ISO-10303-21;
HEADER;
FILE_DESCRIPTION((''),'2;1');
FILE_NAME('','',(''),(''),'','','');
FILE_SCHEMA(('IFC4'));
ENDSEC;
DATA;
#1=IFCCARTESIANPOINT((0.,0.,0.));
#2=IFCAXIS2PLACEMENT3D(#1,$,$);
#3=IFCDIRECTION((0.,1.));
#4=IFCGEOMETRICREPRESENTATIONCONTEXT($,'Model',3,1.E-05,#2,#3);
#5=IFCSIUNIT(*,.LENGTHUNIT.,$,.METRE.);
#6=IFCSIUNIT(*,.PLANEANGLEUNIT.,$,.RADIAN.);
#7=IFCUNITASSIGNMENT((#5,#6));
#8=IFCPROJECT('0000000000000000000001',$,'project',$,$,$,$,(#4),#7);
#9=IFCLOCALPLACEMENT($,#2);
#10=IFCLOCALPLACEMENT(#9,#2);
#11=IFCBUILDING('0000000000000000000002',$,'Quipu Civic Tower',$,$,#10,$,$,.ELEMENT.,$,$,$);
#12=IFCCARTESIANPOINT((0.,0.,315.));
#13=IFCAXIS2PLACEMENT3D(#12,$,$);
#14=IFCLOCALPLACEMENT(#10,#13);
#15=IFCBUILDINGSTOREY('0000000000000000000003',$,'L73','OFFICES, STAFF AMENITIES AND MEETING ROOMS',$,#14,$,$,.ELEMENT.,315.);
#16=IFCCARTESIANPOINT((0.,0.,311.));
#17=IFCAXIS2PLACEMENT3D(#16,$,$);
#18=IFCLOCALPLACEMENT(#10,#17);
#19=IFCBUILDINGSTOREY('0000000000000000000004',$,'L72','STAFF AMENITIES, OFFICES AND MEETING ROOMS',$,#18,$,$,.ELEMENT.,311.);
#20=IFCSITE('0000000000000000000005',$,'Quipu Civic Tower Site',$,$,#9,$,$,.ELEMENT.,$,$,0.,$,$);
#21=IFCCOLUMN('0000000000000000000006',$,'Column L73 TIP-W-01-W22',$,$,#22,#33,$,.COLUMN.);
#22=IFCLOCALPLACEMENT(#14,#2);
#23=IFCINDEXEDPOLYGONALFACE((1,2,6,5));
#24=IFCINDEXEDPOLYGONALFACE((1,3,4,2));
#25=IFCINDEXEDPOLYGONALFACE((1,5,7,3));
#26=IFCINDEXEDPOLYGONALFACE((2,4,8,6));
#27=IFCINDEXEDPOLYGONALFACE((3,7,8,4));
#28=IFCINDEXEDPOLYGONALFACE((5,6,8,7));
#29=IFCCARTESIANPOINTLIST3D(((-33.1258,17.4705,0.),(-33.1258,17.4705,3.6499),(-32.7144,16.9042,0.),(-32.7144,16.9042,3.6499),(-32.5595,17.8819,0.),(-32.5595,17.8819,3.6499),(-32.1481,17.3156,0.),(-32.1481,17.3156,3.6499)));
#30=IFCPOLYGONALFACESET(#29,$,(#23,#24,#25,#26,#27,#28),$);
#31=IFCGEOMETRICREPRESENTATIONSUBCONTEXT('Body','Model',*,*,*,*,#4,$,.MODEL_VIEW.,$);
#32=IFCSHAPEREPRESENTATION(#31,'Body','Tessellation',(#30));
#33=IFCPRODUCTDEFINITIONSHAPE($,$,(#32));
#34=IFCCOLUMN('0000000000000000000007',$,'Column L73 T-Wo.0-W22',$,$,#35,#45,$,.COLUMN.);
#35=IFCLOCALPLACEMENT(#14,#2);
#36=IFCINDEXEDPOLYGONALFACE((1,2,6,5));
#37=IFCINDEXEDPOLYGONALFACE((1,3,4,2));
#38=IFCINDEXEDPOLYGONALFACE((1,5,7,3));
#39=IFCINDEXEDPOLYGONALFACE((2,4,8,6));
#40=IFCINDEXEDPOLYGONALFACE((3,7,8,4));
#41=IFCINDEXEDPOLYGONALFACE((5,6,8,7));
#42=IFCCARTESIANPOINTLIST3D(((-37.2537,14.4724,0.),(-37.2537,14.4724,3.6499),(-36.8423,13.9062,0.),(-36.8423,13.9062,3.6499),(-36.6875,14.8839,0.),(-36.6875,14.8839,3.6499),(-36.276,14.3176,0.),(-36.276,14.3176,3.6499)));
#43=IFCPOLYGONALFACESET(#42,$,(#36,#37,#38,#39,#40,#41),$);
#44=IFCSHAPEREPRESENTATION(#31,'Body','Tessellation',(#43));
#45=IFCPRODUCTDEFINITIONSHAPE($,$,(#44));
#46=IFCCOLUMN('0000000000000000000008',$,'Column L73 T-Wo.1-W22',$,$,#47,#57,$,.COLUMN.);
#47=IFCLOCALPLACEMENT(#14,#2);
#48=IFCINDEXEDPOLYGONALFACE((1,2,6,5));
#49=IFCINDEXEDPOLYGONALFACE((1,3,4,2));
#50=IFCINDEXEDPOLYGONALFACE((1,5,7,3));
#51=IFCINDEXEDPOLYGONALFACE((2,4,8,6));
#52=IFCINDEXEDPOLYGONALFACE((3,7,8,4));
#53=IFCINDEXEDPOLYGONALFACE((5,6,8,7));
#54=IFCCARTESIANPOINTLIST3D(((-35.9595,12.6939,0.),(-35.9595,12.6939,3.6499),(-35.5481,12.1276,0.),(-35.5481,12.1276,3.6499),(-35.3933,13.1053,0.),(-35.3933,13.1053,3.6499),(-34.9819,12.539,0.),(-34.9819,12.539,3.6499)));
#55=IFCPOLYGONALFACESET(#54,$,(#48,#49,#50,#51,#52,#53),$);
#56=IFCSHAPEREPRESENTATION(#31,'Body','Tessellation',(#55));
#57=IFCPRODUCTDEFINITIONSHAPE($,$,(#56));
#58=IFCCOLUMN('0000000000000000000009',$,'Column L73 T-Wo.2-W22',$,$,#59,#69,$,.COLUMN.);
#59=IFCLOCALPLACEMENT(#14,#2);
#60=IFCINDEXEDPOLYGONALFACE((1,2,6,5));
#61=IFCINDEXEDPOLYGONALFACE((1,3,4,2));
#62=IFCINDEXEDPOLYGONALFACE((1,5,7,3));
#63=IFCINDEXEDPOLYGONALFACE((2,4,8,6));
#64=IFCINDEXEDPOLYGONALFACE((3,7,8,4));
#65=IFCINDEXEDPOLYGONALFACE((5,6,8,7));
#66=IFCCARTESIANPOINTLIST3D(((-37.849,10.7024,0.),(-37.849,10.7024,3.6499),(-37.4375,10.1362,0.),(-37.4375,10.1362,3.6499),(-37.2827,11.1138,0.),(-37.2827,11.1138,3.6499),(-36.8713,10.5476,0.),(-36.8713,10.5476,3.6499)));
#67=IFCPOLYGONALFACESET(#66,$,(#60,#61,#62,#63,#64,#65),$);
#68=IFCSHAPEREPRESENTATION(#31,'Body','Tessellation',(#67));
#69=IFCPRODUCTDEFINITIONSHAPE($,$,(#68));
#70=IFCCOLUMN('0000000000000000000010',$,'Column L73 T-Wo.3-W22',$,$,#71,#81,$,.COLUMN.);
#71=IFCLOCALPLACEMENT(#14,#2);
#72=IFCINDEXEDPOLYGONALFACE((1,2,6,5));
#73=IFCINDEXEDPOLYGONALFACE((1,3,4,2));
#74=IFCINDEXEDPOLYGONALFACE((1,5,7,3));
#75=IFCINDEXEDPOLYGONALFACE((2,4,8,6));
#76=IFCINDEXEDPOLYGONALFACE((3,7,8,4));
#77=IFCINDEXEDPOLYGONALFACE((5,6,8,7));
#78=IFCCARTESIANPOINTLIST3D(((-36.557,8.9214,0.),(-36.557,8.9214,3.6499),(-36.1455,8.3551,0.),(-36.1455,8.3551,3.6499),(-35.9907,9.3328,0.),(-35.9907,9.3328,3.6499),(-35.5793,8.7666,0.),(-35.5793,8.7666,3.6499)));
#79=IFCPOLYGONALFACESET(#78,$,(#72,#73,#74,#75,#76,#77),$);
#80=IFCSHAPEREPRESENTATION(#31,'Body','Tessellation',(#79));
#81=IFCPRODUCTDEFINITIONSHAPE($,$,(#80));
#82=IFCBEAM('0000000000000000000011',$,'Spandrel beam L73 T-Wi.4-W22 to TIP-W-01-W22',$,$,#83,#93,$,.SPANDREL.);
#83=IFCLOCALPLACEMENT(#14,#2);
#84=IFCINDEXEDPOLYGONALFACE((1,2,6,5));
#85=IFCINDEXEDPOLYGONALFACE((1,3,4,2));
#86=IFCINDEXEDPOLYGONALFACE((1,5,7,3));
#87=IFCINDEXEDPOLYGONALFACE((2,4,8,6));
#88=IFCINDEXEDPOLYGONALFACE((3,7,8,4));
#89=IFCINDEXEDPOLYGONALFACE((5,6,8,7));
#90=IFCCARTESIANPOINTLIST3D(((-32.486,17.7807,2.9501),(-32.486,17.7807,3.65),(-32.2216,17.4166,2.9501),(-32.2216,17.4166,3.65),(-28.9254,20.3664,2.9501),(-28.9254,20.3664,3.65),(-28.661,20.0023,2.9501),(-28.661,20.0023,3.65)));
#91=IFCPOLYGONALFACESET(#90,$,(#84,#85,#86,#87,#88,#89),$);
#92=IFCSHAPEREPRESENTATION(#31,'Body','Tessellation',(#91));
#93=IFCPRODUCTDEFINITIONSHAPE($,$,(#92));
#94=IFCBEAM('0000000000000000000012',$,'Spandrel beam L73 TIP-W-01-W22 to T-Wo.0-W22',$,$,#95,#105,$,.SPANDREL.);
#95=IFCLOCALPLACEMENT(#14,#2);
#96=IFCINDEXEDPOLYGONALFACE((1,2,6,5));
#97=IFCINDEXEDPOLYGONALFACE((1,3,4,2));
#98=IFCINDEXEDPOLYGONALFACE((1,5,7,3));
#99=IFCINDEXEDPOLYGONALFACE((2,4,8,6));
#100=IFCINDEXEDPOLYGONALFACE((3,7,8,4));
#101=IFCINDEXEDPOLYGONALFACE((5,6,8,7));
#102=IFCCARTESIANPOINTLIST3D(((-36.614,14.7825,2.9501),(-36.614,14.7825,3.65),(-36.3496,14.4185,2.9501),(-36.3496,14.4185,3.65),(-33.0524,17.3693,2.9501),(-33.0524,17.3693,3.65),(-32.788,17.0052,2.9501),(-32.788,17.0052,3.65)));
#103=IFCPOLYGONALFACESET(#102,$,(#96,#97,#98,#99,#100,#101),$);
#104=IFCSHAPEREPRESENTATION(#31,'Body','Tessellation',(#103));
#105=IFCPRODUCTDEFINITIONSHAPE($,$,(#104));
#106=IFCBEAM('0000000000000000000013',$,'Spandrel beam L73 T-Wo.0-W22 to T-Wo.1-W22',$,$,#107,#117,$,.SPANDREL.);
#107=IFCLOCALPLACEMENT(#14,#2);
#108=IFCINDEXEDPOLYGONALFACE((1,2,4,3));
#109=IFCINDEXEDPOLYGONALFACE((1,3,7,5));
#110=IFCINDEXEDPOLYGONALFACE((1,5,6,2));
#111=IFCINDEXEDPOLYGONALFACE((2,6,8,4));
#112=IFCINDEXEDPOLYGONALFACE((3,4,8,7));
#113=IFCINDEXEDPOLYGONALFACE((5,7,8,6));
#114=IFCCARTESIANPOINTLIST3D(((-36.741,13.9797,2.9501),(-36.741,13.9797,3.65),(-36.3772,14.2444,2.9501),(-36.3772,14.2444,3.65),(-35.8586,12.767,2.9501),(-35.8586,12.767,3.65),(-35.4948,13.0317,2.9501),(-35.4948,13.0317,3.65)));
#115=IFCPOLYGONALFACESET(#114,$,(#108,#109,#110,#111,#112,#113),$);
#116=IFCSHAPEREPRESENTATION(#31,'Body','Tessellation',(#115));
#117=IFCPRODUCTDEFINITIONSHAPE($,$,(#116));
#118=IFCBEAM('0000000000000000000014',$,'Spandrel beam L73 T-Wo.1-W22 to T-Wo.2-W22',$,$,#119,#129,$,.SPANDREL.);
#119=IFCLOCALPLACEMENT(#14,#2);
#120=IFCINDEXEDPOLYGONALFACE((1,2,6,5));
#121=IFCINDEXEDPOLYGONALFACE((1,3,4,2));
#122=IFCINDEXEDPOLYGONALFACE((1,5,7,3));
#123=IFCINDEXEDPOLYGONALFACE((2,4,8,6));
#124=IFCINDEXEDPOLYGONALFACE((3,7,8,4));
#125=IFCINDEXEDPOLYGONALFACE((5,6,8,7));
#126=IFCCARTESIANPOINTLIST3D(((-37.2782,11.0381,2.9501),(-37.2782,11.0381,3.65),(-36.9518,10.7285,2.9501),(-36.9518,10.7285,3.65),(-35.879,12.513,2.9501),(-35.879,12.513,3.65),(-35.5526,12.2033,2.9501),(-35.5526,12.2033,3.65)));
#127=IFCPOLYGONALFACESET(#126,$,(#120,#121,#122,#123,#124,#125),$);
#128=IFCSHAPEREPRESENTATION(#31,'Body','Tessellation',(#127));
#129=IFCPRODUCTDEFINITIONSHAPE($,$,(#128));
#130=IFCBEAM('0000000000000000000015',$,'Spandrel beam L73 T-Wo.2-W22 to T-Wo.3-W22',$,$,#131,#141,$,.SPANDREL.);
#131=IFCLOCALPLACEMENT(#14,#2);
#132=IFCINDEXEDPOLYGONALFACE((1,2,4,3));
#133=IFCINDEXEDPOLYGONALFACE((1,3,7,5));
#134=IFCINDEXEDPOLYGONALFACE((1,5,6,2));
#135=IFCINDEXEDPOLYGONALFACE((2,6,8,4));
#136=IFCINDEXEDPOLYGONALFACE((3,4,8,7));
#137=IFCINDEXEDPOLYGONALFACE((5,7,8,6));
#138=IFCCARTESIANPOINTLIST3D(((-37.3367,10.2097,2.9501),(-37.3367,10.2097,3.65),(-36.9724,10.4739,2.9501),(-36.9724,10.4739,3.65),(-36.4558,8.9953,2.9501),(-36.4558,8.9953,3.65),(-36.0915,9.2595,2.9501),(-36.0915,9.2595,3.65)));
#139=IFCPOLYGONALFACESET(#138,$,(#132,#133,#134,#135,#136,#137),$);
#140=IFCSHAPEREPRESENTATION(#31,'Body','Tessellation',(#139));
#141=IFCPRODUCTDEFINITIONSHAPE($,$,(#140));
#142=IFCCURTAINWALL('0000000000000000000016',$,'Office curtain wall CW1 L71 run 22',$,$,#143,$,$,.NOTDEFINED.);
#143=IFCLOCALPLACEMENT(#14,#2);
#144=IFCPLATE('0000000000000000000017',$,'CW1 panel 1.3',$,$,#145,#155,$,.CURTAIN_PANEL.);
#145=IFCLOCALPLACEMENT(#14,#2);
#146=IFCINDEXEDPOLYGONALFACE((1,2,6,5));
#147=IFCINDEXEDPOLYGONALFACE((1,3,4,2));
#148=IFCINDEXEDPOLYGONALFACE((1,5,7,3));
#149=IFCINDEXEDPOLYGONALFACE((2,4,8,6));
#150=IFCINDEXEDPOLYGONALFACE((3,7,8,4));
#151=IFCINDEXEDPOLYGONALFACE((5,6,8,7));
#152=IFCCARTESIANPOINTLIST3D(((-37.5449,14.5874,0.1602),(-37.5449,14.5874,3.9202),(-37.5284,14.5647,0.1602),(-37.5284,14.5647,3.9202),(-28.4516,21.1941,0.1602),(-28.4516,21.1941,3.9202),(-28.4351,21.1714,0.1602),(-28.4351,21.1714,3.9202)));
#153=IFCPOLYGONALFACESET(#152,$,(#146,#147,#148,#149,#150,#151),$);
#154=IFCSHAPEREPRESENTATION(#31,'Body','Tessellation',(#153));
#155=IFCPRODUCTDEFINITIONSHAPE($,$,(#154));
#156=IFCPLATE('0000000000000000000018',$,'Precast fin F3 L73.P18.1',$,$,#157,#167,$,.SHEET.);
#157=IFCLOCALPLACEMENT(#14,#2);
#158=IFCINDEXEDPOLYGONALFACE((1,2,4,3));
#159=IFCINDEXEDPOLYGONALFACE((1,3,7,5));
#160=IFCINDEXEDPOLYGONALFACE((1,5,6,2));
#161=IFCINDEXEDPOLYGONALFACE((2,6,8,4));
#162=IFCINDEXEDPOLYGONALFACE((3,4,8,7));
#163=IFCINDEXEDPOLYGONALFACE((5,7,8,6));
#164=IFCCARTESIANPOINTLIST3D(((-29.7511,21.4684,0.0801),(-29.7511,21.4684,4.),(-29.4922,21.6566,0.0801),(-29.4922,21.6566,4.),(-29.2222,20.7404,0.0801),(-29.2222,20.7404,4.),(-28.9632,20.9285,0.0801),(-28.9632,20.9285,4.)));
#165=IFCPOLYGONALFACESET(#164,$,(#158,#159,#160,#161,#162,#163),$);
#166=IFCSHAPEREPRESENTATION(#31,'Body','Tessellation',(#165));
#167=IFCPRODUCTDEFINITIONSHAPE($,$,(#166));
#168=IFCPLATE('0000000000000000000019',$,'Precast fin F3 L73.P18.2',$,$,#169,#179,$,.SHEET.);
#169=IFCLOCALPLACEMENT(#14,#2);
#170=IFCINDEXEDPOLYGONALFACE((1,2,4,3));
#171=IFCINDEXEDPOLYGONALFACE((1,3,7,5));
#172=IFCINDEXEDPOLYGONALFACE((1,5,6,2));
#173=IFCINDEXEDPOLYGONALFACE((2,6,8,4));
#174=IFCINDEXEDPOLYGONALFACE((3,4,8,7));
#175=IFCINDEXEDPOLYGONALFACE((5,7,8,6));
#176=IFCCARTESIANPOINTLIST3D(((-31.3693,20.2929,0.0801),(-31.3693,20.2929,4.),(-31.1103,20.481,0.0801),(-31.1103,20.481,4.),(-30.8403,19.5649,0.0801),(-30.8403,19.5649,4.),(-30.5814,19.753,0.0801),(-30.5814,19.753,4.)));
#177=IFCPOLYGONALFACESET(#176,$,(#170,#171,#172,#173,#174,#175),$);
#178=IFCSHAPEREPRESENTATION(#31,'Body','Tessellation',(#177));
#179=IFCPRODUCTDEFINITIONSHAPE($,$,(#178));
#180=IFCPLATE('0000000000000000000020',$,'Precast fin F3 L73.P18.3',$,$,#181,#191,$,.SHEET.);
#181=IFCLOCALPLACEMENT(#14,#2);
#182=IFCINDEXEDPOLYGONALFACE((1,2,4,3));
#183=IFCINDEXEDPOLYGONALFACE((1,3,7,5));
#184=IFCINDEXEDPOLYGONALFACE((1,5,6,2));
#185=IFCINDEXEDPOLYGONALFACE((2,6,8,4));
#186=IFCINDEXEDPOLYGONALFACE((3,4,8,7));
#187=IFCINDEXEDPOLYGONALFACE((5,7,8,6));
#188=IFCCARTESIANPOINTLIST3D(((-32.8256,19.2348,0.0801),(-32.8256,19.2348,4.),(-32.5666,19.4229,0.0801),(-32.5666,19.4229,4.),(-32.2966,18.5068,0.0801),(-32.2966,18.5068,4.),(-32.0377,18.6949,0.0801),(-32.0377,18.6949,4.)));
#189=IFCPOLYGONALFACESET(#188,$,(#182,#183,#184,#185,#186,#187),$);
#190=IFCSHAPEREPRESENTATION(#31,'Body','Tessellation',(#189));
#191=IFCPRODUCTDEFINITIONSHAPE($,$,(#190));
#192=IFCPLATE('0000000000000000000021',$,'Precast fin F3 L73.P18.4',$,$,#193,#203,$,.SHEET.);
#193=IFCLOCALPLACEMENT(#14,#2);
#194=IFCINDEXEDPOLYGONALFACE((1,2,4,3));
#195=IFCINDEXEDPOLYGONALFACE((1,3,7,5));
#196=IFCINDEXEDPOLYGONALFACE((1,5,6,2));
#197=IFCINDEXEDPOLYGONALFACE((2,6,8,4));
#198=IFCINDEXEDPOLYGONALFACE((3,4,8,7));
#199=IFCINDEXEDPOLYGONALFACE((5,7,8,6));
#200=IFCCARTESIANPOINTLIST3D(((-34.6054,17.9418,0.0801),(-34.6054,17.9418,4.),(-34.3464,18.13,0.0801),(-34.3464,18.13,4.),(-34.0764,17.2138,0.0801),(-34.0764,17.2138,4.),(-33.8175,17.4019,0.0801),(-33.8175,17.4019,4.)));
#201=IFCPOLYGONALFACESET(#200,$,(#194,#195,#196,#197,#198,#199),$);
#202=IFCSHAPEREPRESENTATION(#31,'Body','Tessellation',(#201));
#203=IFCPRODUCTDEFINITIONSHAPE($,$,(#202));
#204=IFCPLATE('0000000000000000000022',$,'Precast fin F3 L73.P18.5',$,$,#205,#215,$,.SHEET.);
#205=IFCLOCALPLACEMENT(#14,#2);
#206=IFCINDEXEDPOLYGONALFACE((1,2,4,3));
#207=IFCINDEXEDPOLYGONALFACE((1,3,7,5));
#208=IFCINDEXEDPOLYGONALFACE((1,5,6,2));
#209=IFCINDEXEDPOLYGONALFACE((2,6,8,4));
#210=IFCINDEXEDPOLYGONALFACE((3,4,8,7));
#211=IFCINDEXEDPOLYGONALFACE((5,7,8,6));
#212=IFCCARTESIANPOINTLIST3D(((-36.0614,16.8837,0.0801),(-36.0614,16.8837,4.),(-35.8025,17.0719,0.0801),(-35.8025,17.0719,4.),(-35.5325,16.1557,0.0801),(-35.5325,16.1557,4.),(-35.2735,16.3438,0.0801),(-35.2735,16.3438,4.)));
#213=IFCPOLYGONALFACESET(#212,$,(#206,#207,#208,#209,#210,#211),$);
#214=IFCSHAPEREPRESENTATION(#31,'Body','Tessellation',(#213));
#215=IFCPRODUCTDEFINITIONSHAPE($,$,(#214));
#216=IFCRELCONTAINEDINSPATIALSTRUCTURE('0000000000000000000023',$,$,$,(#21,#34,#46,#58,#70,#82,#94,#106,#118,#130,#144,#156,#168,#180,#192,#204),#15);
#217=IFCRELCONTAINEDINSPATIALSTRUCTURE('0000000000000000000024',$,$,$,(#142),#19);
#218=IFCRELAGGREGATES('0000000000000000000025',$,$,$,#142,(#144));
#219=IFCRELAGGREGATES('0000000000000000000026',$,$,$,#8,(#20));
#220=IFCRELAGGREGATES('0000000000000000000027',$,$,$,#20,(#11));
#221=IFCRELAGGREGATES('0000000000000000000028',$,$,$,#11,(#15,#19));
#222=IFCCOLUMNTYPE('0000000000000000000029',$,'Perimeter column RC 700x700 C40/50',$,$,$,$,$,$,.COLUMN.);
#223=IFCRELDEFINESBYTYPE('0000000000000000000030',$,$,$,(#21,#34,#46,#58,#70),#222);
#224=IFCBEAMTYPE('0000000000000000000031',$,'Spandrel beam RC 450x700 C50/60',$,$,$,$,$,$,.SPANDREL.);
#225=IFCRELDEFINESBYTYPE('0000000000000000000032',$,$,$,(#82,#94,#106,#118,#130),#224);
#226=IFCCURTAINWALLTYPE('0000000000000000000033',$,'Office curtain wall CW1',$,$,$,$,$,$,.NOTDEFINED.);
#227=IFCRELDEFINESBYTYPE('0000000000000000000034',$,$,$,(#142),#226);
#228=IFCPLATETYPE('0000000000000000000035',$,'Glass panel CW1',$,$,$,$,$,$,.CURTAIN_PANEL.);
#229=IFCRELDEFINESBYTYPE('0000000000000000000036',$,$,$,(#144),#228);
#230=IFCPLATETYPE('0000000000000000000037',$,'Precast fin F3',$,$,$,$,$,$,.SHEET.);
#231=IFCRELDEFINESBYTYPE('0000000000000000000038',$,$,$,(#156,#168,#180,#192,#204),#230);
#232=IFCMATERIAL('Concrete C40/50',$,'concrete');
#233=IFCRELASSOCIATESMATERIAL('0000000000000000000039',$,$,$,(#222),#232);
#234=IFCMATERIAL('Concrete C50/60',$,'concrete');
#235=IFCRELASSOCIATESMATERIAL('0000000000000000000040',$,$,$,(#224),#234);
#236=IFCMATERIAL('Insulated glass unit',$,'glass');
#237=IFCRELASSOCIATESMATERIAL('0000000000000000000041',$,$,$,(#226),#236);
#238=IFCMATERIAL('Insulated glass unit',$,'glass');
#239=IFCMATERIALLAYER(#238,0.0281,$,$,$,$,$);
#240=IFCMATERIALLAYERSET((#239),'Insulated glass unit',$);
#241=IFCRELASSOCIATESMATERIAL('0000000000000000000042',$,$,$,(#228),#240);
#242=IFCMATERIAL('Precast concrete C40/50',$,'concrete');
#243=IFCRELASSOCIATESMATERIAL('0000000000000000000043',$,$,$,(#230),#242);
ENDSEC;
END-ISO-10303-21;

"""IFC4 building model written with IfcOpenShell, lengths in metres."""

from ifc_helpers import new_model, si_unit, direction, frame, origin, origin_2d, place, context, subcontext, project, spatial, rectangle, extrude, material, layer, layer_set, material_profile, profile_set, type_object, element, aggregate, save


model = new_model("IFC4")

# Units and contexts
model_context = context("Model", 3, precision=1e-05, world=origin(), true_north=direction((0.0, 1.0)))
body_context = subcontext(model_context, "Body", "Model", "MODEL_VIEW")
ifc_project = project(units=[si_unit("LENGTHUNIT", "METRE"), si_unit("PLANEANGLEUNIT", "RADIAN")], contexts=[model_context])

# Site, building, storey
site_placement = place(None, origin())
site = spatial("IfcSite", under=ifc_project, at=site_placement, Name="Quipu Civic Tower Site", CompositionType="ELEMENT", RefElevation=0.0)
building_placement = place(site_placement, origin())
building = spatial("IfcBuilding", under=site, at=building_placement, Name="Quipu Civic Tower", CompositionType="ELEMENT")
storey_1_placement = place(building_placement, frame((0.0, 0.0, 315.0)))
storey_1 = spatial("IfcBuildingStorey", under=building, at=storey_1_placement, Name="L73", Description="OFFICES, STAFF AMENITIES AND MEETING ROOMS", CompositionType="ELEMENT", Elevation=315.0)

# Columns
ifc_material_1 = material(Name="Concrete C40/50", Category="concrete")
ifc_material_profile_1 = material_profile(ifc_material_1, rectangle(XDim=0.7, YDim=0.7, at=origin_2d()), Name="RC700x700")
ifc_profile_set_1 = profile_set([ifc_material_profile_1], Name="Concrete C40/50")
column_type = type_object("IfcColumnType", Name="Perimeter column RC 700x700 C40/50", PredefinedType="COLUMN", material=ifc_profile_set_1)
for number, where, z_axis, x_axis, name in (
    (1, (-32.637, 17.3931, 0.0), (0.0, 0.0, 1.0), (-0.809017, -0.587785, 0.0), "Column L73 TIP-W-01-W22"),
    (2, (-36.7649, 14.395, 0.0), (0.0, 0.0, 1.0), (0.587785, -0.809017, 0.0), "Column L73 T-Wo.0-W22"),
    (3, (-35.4707, 12.6165, 0.0), (0.0, 0.0, 1.0), (-0.809017, -0.587785, 0.0), "Column L73 T-Wo.1-W22"),
    (4, (-37.3601, 10.625, 0.0), (0.0, 0.0, 1.0), (0.587785, -0.809017, 0.0), "Column L73 T-Wo.2-W22"),
    (5, (-36.0681, 8.844, 0.0), (0.0, 0.0, 1.0), (0.587785, -0.809017, 0.0), "Column L73 T-Wo.3-W22"),
):
    element("IfcColumn", number, at=place(storey_1_placement, frame(where, z_axis=z_axis, x_axis=x_axis)), inside=storey_1, type_object=column_type, Name=name, PredefinedType="COLUMN", context=body_context, shape_type="SweptSolid", body=[
        extrude(rectangle(XDim=0.7, YDim=0.7, at=origin_2d()), origin(), (0.0, 0.0, 1.0), 3.6499),
    ])

# Beams
ifc_material_2 = material(Name="Concrete C50/60", Category="concrete")
ifc_material_profile_2 = material_profile(ifc_material_2, rectangle(XDim=0.45, YDim=0.7, at=origin_2d()), Name="RC450x700")
ifc_profile_set_2 = profile_set([ifc_material_profile_2], Name="Concrete C50/60")
beam_type = type_object("IfcBeamType", Name="Spandrel beam RC 450x700 C50/60", PredefinedType="SPANDREL", material=ifc_profile_set_2)
beam_1_placement = place(storey_1_placement, frame((-28.7932, 20.1843, 3.3), z_axis=(-0.809146, -0.587607, 0.0), x_axis=(0.587607, -0.809146, 0.0)))
element("IfcBeam", 6, at=beam_1_placement, inside=storey_1, type_object=beam_type, Name="Spandrel beam L73 T-Wi.4-W22 to TIP-W-01-W22", PredefinedType="SPANDREL", context=body_context, shape_type="SweptSolid", body=[
    extrude(rectangle(XDim=0.45, YDim=0.7, at=origin_2d()), origin(), (0.0, 0.0, 1.0), 4.4004),
])
beam_2_placement = place(storey_1_placement, frame((-32.9202, 17.1873, 3.3), z_axis=(-0.809117, -0.587647, 0.0), x_axis=(0.587647, -0.809117, 0.0)))
element("IfcBeam", 7, at=beam_2_placement, inside=storey_1, type_object=beam_type, Name="Spandrel beam L73 TIP-W-01-W22 to T-Wo.0-W22", PredefinedType="SPANDREL", context=body_context, shape_type="SweptSolid", body=[
    extrude(rectangle(XDim=0.45, YDim=0.7, at=origin_2d()), origin(), (0.0, 0.0, 1.0), 4.4019),
])
beam_3_placement = place(storey_1_placement, frame((-36.5591, 14.1121, 3.3), z_axis=(0.588346, -0.808609, 0.0), x_axis=(0.808609, 0.588346, 0.0)))
element("IfcBeam", 8, at=beam_3_placement, inside=storey_1, type_object=beam_type, Name="Spandrel beam L73 T-Wo.0-W22 to T-Wo.1-W22", PredefinedType="SPANDREL", context=body_context, shape_type="SweptSolid", body=[
    extrude(rectangle(XDim=0.45, YDim=0.7, at=origin_2d()), origin(), (0.0, 0.0, 1.0), 1.4998),
])
beam_4_placement = place(storey_1_placement, frame((-35.7158, 12.3582, 3.3), z_axis=(-0.688247, -0.725476, 0.0), x_axis=(0.725476, -0.688247, 0.0)))
element("IfcBeam", 9, at=beam_4_placement, inside=storey_1, type_object=beam_type, Name="Spandrel beam L73 T-Wo.1-W22 to T-Wo.2-W22", PredefinedType="SPANDREL", context=body_context, shape_type="SweptSolid", body=[
    extrude(rectangle(XDim=0.45, YDim=0.7, at=origin_2d()), origin(), (0.0, 0.0, 1.0), 2.033),
])
beam_5_placement = place(storey_1_placement, frame((-37.1545, 10.3418, 3.3), z_axis=(0.587165, -0.809467, 0.0), x_axis=(0.809467, 0.587165, 0.0)))
element("IfcBeam", 10, at=beam_5_placement, inside=storey_1, type_object=beam_type, Name="Spandrel beam L73 T-Wo.2-W22 to T-Wo.3-W22", PredefinedType="SPANDREL", context=body_context, shape_type="SweptSolid", body=[
    extrude(rectangle(XDim=0.45, YDim=0.7, at=origin_2d()), origin(), (0.0, 0.0, 1.0), 1.5002),
])

# Shared definitions
storey_2_placement = place(building_placement, frame((0.0, 0.0, 311.0)))
storey_2 = spatial("IfcBuildingStorey", under=building, at=storey_2_placement, Name="L72", Description="STAFF AMENITIES, OFFICES AND MEETING ROOMS", CompositionType="ELEMENT", Elevation=311.0)

# Curtain wall, plate
ifc_material_3 = material(Name="Insulated glass unit", Category="glass")
curtain_wall_type = type_object("IfcCurtainWallType", Name="Office curtain wall CW1", PredefinedType="NOTDEFINED", material=ifc_material_3)
curtain_wall_placement = place(storey_2_placement, origin())
curtain_wall = element("IfcCurtainWall", 11, at=curtain_wall_placement, inside=storey_2, type_object=curtain_wall_type, Name="Office curtain wall CW1 L71 run 22", PredefinedType="NOTDEFINED")
ifc_material_4 = material(Name="Insulated glass unit", Category="glass")
ifc_layer_1 = layer(ifc_material_4, 0.0281)
ifc_layer_set_1 = layer_set([ifc_layer_1], Name="Insulated glass unit")
plate_type_1 = type_object("IfcPlateType", Name="Glass panel CW1", PredefinedType="CURTAIN_PANEL", material=ifc_layer_set_1)
plate_placement = place(storey_1_placement, frame((-32.99, 17.8794, 0.1602), z_axis=(0.0, 0.0, 1.0), x_axis=(-0.809015, -0.587788, 0.0)))
plate = element("IfcPlate", 12, at=plate_placement, inside=storey_1, type_object=plate_type_1, Name="CW1 panel 1.3", PredefinedType="CURTAIN_PANEL", context=body_context, shape_type="SweptSolid", body=[
    extrude(rectangle(XDim=11.24, YDim=0.0281, at=origin_2d()), origin(), (0.0, 0.0, 1.0), 3.76),
])
aggregate(curtain_wall, [plate])

# Plates
ifc_material_5 = material(Name="Precast concrete C40/50", Category="concrete")
plate_type_2 = type_object("IfcPlateType", Name="Precast fin F3", PredefinedType="SHEET", material=ifc_material_5)
for number, where, z_axis, x_axis, name in (
    (13, (-29.3572, 21.1985, 0.0801), (0.0, 0.0, 1.0), (-0.809017, -0.587785, 0.0), "Precast fin F3 L73.P18.1"),
    (14, (-30.9753, 20.0229, 0.0801), (0.0, 0.0, 1.0), (-0.809017, -0.587785, 0.0), "Precast fin F3 L73.P18.2"),
    (15, (-32.4316, 18.9648, 0.0801), (0.0, 0.0, 1.0), (-0.809017, -0.587785, 0.0), "Precast fin F3 L73.P18.3"),
    (16, (-34.2114, 17.6719, 0.0801), (0.0, 0.0, 1.0), (-0.809017, -0.587785, 0.0), "Precast fin F3 L73.P18.4"),
    (17, (-35.6675, 16.6138, 0.0801), (0.0, 0.0, 1.0), (-0.809017, -0.587785, 0.0), "Precast fin F3 L73.P18.5"),
):
    element("IfcPlate", number, at=place(storey_1_placement, frame(where, z_axis=z_axis, x_axis=x_axis)), inside=storey_1, type_object=plate_type_2, Name=name, PredefinedType="SHEET", context=body_context, shape_type="SweptSolid", body=[
        extrude(rectangle(XDim=0.3201, YDim=0.8999, at=origin_2d()), origin(), (0.0, 0.0, 1.0), 3.9199),
    ])

save(model, "model.ifc")
